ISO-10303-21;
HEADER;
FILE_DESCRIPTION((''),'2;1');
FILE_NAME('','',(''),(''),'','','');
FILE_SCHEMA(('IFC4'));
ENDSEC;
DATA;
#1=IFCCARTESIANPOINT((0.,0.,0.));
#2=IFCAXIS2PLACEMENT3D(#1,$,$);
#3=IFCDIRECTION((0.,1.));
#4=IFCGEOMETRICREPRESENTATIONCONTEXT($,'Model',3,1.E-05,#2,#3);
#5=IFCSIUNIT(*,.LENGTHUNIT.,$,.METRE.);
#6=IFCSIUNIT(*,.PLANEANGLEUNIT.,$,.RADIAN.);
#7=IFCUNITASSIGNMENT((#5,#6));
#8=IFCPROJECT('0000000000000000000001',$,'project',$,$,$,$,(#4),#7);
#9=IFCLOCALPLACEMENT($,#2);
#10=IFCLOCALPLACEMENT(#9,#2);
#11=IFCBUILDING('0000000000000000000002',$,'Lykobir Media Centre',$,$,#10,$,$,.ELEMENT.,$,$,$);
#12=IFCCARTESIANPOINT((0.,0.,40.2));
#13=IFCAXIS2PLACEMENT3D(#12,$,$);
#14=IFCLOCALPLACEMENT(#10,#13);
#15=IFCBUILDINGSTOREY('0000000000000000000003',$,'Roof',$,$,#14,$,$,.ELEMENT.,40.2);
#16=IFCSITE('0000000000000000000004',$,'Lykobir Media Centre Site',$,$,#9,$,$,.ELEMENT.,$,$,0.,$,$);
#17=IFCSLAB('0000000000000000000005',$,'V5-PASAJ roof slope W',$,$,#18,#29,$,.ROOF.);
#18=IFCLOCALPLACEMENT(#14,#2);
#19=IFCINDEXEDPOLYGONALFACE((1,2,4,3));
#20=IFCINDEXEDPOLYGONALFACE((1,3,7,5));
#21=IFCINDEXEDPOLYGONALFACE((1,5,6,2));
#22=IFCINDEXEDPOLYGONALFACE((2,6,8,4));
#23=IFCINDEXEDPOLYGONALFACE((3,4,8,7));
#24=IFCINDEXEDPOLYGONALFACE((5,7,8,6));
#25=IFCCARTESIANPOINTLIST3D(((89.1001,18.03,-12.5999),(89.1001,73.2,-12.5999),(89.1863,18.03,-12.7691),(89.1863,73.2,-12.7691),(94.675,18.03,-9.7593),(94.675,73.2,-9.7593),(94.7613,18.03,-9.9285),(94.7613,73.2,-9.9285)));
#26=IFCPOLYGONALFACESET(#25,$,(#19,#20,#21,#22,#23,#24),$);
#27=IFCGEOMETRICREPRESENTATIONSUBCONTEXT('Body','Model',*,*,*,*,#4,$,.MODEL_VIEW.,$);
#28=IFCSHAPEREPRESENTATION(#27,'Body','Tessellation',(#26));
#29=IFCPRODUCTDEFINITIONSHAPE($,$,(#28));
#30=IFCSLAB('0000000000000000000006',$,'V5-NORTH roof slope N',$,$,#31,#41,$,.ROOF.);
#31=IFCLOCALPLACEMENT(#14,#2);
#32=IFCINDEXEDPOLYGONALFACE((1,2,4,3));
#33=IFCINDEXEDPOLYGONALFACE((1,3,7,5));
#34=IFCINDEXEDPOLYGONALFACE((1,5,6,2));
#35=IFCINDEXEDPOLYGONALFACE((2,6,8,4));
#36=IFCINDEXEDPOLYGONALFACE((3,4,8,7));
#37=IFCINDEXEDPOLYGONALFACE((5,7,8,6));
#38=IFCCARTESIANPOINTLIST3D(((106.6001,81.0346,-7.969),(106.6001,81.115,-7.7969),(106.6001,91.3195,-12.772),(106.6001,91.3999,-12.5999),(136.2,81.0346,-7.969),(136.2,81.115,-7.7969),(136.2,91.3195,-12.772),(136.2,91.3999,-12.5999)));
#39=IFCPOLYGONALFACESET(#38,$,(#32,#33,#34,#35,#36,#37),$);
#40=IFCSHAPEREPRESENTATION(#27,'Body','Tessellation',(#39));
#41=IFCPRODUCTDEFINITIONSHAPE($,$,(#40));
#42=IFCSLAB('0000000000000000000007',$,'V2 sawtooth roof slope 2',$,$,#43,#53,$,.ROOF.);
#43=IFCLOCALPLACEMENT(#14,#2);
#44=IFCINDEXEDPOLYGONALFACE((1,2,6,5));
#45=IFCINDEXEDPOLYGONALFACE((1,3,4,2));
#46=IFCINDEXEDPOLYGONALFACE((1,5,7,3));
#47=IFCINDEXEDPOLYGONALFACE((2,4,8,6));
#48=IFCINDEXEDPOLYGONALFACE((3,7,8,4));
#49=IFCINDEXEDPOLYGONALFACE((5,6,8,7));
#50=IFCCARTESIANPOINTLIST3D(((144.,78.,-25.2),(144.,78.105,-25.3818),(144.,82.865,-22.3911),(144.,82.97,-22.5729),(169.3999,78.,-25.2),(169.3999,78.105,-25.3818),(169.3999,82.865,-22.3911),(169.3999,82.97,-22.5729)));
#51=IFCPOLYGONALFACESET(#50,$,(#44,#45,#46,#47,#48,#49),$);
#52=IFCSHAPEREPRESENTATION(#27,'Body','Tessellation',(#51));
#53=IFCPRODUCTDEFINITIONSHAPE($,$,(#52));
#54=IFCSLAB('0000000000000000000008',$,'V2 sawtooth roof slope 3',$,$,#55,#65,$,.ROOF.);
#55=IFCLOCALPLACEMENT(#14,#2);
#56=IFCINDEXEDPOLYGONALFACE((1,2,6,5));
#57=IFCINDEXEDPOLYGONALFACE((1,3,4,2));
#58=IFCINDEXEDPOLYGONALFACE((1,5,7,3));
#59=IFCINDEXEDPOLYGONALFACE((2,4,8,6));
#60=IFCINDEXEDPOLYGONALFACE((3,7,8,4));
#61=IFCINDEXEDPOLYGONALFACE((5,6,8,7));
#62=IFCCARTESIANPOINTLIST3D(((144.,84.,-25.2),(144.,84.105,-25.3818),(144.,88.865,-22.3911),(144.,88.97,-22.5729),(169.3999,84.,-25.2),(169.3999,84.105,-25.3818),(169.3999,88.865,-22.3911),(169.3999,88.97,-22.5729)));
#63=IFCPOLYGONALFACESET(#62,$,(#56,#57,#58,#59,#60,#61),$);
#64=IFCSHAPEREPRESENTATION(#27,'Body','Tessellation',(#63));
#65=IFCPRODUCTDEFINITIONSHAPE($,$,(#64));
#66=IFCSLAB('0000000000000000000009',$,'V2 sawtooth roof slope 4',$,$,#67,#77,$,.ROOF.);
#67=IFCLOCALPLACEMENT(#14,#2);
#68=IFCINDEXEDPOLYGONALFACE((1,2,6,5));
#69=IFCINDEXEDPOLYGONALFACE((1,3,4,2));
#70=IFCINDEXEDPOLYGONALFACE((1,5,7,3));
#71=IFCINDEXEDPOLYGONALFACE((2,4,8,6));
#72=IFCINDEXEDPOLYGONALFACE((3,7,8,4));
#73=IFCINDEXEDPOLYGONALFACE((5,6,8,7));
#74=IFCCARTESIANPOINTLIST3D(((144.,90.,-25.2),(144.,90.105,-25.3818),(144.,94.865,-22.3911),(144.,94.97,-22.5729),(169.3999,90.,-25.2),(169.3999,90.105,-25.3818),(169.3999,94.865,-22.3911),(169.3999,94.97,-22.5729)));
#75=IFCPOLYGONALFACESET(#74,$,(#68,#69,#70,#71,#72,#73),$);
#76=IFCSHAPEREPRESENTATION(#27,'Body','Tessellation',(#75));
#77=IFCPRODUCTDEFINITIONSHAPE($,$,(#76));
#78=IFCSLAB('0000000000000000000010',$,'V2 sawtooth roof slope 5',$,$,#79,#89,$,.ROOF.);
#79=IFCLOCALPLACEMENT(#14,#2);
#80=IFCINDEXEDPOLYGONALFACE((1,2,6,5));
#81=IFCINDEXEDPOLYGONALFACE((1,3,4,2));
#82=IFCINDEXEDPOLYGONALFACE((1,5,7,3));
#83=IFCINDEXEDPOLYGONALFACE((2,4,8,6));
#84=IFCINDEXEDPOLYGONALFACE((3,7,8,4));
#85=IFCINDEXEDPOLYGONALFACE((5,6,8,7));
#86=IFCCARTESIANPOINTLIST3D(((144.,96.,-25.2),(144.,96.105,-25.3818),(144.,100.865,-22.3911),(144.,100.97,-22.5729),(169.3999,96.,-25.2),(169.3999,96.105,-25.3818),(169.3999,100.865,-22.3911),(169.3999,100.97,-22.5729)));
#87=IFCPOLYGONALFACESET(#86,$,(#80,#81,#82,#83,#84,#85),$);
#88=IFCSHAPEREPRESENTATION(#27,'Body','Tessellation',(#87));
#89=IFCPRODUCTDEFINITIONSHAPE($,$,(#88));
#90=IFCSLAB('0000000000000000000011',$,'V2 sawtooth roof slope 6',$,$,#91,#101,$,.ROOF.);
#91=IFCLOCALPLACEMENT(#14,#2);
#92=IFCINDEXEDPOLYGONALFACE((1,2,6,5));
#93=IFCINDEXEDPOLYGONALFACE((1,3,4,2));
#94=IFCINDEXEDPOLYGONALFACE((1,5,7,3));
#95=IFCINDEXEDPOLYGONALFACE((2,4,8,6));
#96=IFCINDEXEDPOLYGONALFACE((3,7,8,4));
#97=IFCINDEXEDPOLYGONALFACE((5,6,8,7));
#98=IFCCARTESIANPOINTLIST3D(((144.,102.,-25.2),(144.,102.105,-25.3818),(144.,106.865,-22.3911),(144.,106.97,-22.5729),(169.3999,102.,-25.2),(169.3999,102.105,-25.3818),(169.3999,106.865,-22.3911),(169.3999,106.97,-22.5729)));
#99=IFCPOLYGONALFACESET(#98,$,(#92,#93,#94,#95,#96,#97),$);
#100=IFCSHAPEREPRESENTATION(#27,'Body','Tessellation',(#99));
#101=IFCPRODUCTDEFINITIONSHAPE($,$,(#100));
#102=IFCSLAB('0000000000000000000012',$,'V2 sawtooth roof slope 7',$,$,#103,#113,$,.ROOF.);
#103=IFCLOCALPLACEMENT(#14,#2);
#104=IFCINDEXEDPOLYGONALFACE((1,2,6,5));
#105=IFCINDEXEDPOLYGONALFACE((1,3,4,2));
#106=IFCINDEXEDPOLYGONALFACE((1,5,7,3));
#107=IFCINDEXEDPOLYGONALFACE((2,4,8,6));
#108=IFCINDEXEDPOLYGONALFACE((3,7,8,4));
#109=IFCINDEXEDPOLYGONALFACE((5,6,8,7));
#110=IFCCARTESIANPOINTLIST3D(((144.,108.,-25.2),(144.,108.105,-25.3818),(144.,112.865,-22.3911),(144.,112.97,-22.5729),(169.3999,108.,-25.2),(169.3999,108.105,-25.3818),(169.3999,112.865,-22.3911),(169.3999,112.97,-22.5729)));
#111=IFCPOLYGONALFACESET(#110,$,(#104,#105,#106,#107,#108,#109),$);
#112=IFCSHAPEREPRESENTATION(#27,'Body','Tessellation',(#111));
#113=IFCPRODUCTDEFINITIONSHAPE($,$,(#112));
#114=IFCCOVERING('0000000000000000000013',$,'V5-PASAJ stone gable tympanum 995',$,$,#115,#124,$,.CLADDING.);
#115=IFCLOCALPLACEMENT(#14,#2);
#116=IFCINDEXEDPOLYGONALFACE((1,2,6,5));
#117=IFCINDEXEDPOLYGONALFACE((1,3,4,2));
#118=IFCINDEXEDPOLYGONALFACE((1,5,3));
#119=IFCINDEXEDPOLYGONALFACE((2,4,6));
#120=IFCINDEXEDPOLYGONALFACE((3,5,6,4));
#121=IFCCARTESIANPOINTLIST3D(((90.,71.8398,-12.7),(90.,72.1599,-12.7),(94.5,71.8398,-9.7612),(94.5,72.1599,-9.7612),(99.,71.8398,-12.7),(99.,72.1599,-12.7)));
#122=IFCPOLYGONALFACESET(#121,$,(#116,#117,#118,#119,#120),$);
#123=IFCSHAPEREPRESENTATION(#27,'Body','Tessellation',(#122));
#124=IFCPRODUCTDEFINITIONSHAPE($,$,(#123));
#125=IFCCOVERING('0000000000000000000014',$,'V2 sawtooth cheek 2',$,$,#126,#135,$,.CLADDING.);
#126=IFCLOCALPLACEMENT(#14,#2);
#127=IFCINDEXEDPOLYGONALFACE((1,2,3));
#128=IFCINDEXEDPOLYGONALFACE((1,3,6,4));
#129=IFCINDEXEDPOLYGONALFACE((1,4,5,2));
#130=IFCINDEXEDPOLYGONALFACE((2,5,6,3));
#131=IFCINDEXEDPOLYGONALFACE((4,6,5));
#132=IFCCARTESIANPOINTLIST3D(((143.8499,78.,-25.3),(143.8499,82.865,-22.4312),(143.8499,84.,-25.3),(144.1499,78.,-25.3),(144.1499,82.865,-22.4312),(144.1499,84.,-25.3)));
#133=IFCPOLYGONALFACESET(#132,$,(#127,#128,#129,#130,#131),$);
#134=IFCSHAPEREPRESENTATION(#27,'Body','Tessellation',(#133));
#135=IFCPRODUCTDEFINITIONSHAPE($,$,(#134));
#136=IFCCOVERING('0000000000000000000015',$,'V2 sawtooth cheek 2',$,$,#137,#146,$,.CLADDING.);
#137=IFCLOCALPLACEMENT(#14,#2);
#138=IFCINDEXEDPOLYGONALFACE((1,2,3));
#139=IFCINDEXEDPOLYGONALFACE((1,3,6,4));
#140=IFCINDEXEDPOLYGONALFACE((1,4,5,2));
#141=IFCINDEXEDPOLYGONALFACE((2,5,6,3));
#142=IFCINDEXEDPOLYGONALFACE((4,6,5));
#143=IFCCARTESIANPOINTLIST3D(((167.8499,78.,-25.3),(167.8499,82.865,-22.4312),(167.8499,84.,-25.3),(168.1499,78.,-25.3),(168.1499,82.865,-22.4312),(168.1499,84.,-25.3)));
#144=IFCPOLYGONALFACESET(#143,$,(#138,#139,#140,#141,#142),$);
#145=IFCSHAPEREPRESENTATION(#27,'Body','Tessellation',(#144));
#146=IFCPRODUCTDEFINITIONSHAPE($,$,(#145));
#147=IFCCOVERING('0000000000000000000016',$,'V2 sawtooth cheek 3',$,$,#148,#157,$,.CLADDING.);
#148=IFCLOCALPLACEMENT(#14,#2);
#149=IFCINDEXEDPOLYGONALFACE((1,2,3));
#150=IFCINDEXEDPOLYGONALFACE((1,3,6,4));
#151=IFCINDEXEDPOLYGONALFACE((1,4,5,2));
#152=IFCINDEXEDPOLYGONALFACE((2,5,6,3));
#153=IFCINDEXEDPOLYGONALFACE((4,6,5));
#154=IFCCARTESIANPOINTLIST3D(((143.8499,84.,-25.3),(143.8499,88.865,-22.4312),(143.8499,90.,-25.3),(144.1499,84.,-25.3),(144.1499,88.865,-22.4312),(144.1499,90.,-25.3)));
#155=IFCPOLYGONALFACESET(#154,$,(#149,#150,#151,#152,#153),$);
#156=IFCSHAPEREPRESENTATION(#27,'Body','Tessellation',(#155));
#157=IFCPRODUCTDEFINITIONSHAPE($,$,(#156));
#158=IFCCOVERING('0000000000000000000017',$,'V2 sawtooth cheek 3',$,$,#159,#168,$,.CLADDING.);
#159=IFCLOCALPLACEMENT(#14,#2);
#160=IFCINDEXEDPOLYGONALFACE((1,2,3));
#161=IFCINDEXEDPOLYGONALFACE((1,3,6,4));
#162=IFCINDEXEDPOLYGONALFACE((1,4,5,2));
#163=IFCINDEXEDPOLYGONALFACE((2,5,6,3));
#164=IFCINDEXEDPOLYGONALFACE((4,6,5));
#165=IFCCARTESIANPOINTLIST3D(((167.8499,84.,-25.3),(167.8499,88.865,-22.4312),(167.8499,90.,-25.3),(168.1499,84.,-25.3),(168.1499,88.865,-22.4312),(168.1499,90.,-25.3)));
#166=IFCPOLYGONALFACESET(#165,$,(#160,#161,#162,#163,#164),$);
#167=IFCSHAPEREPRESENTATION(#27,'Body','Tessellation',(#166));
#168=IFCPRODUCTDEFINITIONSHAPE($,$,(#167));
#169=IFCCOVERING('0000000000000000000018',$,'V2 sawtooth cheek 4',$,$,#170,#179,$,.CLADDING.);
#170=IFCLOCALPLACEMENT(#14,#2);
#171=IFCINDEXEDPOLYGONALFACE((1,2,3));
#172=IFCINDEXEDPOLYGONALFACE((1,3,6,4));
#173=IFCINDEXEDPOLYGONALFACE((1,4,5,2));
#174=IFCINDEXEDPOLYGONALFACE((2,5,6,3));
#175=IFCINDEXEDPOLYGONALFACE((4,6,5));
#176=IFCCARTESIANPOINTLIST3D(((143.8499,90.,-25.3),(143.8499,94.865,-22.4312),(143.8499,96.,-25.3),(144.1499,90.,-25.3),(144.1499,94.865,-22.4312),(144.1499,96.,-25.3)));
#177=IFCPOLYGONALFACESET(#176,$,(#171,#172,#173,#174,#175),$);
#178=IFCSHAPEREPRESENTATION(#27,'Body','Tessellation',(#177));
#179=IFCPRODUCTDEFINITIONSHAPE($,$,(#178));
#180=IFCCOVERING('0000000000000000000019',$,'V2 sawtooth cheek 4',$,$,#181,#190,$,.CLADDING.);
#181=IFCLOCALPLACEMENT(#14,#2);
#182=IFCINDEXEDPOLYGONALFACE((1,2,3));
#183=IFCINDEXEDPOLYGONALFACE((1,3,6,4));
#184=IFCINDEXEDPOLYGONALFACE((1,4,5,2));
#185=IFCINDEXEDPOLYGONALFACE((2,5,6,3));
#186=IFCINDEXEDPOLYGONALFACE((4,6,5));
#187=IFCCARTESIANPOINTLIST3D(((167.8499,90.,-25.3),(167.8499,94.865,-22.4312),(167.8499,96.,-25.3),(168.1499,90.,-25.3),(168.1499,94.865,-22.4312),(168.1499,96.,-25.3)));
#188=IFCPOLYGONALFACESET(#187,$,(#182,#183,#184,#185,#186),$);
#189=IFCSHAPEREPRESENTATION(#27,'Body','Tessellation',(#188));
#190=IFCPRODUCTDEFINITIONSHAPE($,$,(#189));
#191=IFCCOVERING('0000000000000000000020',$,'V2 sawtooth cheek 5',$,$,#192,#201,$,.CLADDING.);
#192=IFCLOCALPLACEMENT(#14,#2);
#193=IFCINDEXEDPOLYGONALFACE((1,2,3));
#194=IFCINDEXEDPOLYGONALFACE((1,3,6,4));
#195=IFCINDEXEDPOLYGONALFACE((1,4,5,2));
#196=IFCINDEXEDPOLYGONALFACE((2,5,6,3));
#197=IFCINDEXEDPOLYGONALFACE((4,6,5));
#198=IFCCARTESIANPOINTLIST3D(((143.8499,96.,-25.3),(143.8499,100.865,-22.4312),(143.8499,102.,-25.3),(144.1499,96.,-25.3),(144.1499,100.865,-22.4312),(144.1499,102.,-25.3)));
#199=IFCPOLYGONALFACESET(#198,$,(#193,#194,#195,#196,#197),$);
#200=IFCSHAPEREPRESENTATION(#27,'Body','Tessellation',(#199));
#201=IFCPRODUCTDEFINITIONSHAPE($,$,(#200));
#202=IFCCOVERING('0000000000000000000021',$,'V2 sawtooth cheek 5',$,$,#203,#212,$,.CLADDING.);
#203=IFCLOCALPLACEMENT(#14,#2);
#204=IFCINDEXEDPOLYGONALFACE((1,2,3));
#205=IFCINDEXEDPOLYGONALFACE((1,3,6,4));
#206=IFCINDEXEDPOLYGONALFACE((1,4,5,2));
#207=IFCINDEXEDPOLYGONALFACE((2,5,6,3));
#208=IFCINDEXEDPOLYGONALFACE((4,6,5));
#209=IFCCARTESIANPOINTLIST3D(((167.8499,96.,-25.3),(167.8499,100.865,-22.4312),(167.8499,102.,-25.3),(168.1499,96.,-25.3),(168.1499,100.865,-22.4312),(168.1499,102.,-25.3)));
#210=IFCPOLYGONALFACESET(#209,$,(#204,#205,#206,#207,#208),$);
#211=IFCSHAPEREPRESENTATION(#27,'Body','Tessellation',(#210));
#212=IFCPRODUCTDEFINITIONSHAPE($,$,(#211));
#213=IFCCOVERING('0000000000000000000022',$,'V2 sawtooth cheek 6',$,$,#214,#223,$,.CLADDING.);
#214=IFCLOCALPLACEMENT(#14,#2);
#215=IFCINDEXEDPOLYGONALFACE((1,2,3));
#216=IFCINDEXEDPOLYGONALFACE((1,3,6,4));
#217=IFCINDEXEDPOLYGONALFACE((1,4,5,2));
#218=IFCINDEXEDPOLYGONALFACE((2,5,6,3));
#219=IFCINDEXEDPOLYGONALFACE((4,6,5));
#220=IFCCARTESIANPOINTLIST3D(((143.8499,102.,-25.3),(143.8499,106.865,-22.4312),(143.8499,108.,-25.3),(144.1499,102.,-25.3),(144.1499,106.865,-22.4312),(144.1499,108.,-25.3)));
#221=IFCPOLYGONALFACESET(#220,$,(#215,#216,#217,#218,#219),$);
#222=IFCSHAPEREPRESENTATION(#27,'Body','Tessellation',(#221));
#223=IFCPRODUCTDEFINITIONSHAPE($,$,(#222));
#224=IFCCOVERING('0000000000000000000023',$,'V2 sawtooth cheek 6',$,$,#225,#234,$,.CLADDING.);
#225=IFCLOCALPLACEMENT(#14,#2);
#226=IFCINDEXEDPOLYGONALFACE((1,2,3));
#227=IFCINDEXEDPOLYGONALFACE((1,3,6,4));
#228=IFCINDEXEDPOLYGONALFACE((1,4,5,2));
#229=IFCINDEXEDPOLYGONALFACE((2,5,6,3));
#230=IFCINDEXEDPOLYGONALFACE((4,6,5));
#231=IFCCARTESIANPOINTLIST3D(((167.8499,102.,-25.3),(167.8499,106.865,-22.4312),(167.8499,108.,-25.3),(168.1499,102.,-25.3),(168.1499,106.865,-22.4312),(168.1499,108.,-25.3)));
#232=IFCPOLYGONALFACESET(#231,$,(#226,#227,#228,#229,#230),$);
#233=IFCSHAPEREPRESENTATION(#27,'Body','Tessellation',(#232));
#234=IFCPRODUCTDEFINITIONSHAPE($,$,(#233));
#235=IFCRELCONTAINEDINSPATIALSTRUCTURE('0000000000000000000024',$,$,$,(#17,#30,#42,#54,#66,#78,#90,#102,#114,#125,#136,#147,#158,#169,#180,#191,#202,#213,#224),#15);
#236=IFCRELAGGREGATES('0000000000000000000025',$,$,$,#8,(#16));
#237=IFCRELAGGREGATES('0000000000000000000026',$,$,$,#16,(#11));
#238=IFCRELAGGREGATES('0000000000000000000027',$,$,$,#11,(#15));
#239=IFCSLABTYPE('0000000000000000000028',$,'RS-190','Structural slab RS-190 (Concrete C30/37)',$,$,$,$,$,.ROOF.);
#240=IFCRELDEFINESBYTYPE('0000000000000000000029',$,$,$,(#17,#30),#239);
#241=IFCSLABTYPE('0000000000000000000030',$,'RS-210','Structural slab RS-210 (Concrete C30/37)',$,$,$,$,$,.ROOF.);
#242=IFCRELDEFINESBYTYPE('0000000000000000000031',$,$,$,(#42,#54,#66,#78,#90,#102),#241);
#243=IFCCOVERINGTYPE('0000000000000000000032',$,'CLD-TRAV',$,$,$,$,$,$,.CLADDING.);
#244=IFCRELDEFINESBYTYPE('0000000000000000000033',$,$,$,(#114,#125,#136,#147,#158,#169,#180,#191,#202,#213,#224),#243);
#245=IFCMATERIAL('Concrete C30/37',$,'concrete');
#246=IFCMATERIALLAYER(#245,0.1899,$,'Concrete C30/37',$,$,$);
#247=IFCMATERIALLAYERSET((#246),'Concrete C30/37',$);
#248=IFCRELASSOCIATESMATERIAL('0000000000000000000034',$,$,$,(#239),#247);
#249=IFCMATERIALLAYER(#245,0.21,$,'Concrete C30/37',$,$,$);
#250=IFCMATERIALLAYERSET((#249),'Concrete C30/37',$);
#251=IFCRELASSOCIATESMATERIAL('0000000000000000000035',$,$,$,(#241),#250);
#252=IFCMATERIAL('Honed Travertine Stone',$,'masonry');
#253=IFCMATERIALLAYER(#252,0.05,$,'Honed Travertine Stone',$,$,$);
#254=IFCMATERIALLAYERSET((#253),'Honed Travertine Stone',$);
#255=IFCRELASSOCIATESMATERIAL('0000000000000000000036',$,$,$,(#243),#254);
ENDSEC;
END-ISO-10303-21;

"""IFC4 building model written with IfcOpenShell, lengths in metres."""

from ifc_helpers import new_model, si_unit, direction, frame, origin, place, context, subcontext, project, spatial, polyline, outline, extrude, material, layer, layer_set, type_object, element, save


model = new_model("IFC4")

# Units and contexts
model_context = context("Model", 3, precision=1e-05, world=origin(), true_north=direction((0.0, 1.0)))
body_context = subcontext(model_context, "Body", "Model", "MODEL_VIEW")
ifc_project = project(units=[si_unit("LENGTHUNIT", "METRE"), si_unit("PLANEANGLEUNIT", "RADIAN")], contexts=[model_context])

# Site, building, storey
site_placement = place(None, origin())
site = spatial("IfcSite", under=ifc_project, at=site_placement, Name="Lykobir Media Centre Site", CompositionType="ELEMENT", RefElevation=0.0)
building_placement = place(site_placement, origin())
building = spatial("IfcBuilding", under=site, at=building_placement, Name="Lykobir Media Centre", CompositionType="ELEMENT")
storey_placement = place(building_placement, frame((0.0, 0.0, 40.2)))
storey = spatial("IfcBuildingStorey", under=building, at=storey_placement, Name="Roof", CompositionType="ELEMENT", Elevation=40.2)

# Slabs
ifc_material_1 = material(Name="Concrete C30/37", Category="concrete")
ifc_layer_1 = layer(ifc_material_1, 0.1899, Name="Concrete C30/37")
ifc_layer_set_1 = layer_set([ifc_layer_1], Name="Concrete C30/37")
slab_type_1 = type_object("IfcSlabType", Name="RS-190", Description="Structural slab RS-190 (Concrete C30/37)", PredefinedType="ROOF", material=ifc_layer_set_1)
slab_1_placement = place(storey_placement, frame((89.1001, 73.2, -12.5999), z_axis=(-0.45399, 0.0, 0.891007), x_axis=(0.0, -1.0, 0.0)))
element("IfcSlab", 1, at=slab_1_placement, inside=storey, type_object=slab_type_1, Name="V5-PASAJ roof slope W", PredefinedType="ROOF", context=body_context, shape_type="SweptSolid", body=[
    extrude(outline(polyline([(0.0, 0.0), (55.1699, 0.0), (55.1699, 6.2569), (0.0, 6.2569), (0.0, 0.0)])), origin(), (0.0, 0.0, -1.0), 0.1899),
])
slab_2_placement = place(storey_placement, frame((136.2, 91.3999, -12.5999), z_axis=(0.0, 0.423128, 0.90607), x_axis=(-1.0, 0.0, 0.0)))
element("IfcSlab", 2, at=slab_2_placement, inside=storey, type_object=slab_type_1, Name="V5-NORTH roof slope N", PredefinedType="ROOF", context=body_context, shape_type="SweptSolid", body=[
    extrude(outline(polyline([(0.0, 0.0), (29.5999, 0.0), (29.5999, 11.3511), (0.0, 11.3511), (0.0, 0.0)])), origin(), (0.0, 0.0, -1.0), 0.1899),
])
ifc_layer_2 = layer(ifc_material_1, 0.21, Name="Concrete C30/37")
ifc_layer_set_2 = layer_set([ifc_layer_2], Name="Concrete C30/37")
slab_type_2 = type_object("IfcSlabType", Name="RS-210", Description="Structural slab RS-210 (Concrete C30/37)", PredefinedType="ROOF", material=ifc_layer_set_2)
for number, where, z_axis, x_axis, name in (
    (3, (144.0, 78.0, -25.2), (0.0, -0.500005, 0.866023), (1.0, 0.0, 0.0), "V2 sawtooth roof slope 2"),
    (4, (144.0, 84.0, -25.2), (0.0, -0.500005, 0.866023), (1.0, 0.0, 0.0), "V2 sawtooth roof slope 3"),
    (5, (144.0, 90.0, -25.2), (0.0, -0.500005, 0.866023), (1.0, 0.0, 0.0), "V2 sawtooth roof slope 4"),
    (6, (144.0, 96.0, -25.2), (0.0, -0.500005, 0.866023), (1.0, 0.0, 0.0), "V2 sawtooth roof slope 5"),
    (7, (144.0, 102.0, -25.2), (0.0, -0.500005, 0.866023), (1.0, 0.0, 0.0), "V2 sawtooth roof slope 6"),
    (8, (144.0, 108.0, -25.2), (0.0, -0.500005, 0.866023), (1.0, 0.0, 0.0), "V2 sawtooth roof slope 7"),
):
    element("IfcSlab", number, at=place(storey_placement, frame(where, z_axis=z_axis, x_axis=x_axis)), inside=storey, type_object=slab_type_2, Name=name, PredefinedType="ROOF", context=body_context, shape_type="SweptSolid", body=[
        extrude(outline(polyline([(0.0, 0.0), (25.3999, 0.0), (25.3999, 5.6176), (0.0, 5.6176), (0.0, 0.0)])), origin(), (0.0, 0.0, -1.0), 0.21),
    ])

# Coverings
ifc_material_2 = material(Name="Honed Travertine Stone", Category="masonry")
ifc_layer_3 = layer(ifc_material_2, 0.05, Name="Honed Travertine Stone")
ifc_layer_set_3 = layer_set([ifc_layer_3], Name="Honed Travertine Stone")
covering_type_1 = type_object("IfcCoveringType", Name="CLD-TRAV", PredefinedType="CLADDING", material=ifc_layer_set_3)
covering_1_placement = place(storey_placement, frame((99.0, 72.1599, -12.7), z_axis=(0.0, 1.0, 0.0), x_axis=(-1.0, 0.0, 0.0)))
element("IfcCovering", 9, at=covering_1_placement, inside=storey, type_object=covering_type_1, Name="V5-PASAJ stone gable tympanum 995", PredefinedType="CLADDING", context=body_context, shape_type="SweptSolid", body=[
    extrude(outline(polyline([(0.0, 0.0), (9.0, 0.0), (4.5, 2.9387), (0.0, 0.0)])), origin(), (0.0, 0.0, -1.0), 0.3201),
])
for number, where, z_axis, x_axis, name in (
    (10, (144.1499, 78.0, -25.3), (1.0, 0.0, 0.0), (0.0, 1.0, 0.0), "V2 sawtooth cheek 2"),
    (11, (168.1499, 78.0, -25.3), (1.0, 0.0, 0.0), (0.0, 1.0, 0.0), "V2 sawtooth cheek 2"),
    (12, (144.1499, 84.0, -25.3), (1.0, 0.0, 0.0), (0.0, 1.0, 0.0), "V2 sawtooth cheek 3"),
    (13, (168.1499, 84.0, -25.3), (1.0, 0.0, 0.0), (0.0, 1.0, 0.0), "V2 sawtooth cheek 3"),
    (14, (144.1499, 90.0, -25.3), (1.0, 0.0, 0.0), (0.0, 1.0, 0.0), "V2 sawtooth cheek 4"),
    (15, (168.1499, 90.0, -25.3), (1.0, 0.0, 0.0), (0.0, 1.0, 0.0), "V2 sawtooth cheek 4"),
    (16, (144.1499, 96.0, -25.3), (1.0, 0.0, 0.0), (0.0, 1.0, 0.0), "V2 sawtooth cheek 5"),
    (17, (168.1499, 96.0, -25.3), (1.0, 0.0, 0.0), (0.0, 1.0, 0.0), "V2 sawtooth cheek 5"),
    (18, (144.1499, 102.0, -25.3), (1.0, 0.0, 0.0), (0.0, 1.0, 0.0), "V2 sawtooth cheek 6"),
    (19, (168.1499, 102.0, -25.3), (1.0, 0.0, 0.0), (0.0, 1.0, 0.0), "V2 sawtooth cheek 6"),
):
    element("IfcCovering", number, at=place(storey_placement, frame(where, z_axis=z_axis, x_axis=x_axis)), inside=storey, type_object=covering_type_1, Name=name, PredefinedType="CLADDING", context=body_context, shape_type="SweptSolid", body=[
        extrude(outline(polyline([(0.0, 0.0), (6.0, 0.0), (4.865, 2.8689), (0.0, 0.0)])), origin(), (0.0, 0.0, -1.0), 0.3),
    ])

save(model, "model.ifc")
